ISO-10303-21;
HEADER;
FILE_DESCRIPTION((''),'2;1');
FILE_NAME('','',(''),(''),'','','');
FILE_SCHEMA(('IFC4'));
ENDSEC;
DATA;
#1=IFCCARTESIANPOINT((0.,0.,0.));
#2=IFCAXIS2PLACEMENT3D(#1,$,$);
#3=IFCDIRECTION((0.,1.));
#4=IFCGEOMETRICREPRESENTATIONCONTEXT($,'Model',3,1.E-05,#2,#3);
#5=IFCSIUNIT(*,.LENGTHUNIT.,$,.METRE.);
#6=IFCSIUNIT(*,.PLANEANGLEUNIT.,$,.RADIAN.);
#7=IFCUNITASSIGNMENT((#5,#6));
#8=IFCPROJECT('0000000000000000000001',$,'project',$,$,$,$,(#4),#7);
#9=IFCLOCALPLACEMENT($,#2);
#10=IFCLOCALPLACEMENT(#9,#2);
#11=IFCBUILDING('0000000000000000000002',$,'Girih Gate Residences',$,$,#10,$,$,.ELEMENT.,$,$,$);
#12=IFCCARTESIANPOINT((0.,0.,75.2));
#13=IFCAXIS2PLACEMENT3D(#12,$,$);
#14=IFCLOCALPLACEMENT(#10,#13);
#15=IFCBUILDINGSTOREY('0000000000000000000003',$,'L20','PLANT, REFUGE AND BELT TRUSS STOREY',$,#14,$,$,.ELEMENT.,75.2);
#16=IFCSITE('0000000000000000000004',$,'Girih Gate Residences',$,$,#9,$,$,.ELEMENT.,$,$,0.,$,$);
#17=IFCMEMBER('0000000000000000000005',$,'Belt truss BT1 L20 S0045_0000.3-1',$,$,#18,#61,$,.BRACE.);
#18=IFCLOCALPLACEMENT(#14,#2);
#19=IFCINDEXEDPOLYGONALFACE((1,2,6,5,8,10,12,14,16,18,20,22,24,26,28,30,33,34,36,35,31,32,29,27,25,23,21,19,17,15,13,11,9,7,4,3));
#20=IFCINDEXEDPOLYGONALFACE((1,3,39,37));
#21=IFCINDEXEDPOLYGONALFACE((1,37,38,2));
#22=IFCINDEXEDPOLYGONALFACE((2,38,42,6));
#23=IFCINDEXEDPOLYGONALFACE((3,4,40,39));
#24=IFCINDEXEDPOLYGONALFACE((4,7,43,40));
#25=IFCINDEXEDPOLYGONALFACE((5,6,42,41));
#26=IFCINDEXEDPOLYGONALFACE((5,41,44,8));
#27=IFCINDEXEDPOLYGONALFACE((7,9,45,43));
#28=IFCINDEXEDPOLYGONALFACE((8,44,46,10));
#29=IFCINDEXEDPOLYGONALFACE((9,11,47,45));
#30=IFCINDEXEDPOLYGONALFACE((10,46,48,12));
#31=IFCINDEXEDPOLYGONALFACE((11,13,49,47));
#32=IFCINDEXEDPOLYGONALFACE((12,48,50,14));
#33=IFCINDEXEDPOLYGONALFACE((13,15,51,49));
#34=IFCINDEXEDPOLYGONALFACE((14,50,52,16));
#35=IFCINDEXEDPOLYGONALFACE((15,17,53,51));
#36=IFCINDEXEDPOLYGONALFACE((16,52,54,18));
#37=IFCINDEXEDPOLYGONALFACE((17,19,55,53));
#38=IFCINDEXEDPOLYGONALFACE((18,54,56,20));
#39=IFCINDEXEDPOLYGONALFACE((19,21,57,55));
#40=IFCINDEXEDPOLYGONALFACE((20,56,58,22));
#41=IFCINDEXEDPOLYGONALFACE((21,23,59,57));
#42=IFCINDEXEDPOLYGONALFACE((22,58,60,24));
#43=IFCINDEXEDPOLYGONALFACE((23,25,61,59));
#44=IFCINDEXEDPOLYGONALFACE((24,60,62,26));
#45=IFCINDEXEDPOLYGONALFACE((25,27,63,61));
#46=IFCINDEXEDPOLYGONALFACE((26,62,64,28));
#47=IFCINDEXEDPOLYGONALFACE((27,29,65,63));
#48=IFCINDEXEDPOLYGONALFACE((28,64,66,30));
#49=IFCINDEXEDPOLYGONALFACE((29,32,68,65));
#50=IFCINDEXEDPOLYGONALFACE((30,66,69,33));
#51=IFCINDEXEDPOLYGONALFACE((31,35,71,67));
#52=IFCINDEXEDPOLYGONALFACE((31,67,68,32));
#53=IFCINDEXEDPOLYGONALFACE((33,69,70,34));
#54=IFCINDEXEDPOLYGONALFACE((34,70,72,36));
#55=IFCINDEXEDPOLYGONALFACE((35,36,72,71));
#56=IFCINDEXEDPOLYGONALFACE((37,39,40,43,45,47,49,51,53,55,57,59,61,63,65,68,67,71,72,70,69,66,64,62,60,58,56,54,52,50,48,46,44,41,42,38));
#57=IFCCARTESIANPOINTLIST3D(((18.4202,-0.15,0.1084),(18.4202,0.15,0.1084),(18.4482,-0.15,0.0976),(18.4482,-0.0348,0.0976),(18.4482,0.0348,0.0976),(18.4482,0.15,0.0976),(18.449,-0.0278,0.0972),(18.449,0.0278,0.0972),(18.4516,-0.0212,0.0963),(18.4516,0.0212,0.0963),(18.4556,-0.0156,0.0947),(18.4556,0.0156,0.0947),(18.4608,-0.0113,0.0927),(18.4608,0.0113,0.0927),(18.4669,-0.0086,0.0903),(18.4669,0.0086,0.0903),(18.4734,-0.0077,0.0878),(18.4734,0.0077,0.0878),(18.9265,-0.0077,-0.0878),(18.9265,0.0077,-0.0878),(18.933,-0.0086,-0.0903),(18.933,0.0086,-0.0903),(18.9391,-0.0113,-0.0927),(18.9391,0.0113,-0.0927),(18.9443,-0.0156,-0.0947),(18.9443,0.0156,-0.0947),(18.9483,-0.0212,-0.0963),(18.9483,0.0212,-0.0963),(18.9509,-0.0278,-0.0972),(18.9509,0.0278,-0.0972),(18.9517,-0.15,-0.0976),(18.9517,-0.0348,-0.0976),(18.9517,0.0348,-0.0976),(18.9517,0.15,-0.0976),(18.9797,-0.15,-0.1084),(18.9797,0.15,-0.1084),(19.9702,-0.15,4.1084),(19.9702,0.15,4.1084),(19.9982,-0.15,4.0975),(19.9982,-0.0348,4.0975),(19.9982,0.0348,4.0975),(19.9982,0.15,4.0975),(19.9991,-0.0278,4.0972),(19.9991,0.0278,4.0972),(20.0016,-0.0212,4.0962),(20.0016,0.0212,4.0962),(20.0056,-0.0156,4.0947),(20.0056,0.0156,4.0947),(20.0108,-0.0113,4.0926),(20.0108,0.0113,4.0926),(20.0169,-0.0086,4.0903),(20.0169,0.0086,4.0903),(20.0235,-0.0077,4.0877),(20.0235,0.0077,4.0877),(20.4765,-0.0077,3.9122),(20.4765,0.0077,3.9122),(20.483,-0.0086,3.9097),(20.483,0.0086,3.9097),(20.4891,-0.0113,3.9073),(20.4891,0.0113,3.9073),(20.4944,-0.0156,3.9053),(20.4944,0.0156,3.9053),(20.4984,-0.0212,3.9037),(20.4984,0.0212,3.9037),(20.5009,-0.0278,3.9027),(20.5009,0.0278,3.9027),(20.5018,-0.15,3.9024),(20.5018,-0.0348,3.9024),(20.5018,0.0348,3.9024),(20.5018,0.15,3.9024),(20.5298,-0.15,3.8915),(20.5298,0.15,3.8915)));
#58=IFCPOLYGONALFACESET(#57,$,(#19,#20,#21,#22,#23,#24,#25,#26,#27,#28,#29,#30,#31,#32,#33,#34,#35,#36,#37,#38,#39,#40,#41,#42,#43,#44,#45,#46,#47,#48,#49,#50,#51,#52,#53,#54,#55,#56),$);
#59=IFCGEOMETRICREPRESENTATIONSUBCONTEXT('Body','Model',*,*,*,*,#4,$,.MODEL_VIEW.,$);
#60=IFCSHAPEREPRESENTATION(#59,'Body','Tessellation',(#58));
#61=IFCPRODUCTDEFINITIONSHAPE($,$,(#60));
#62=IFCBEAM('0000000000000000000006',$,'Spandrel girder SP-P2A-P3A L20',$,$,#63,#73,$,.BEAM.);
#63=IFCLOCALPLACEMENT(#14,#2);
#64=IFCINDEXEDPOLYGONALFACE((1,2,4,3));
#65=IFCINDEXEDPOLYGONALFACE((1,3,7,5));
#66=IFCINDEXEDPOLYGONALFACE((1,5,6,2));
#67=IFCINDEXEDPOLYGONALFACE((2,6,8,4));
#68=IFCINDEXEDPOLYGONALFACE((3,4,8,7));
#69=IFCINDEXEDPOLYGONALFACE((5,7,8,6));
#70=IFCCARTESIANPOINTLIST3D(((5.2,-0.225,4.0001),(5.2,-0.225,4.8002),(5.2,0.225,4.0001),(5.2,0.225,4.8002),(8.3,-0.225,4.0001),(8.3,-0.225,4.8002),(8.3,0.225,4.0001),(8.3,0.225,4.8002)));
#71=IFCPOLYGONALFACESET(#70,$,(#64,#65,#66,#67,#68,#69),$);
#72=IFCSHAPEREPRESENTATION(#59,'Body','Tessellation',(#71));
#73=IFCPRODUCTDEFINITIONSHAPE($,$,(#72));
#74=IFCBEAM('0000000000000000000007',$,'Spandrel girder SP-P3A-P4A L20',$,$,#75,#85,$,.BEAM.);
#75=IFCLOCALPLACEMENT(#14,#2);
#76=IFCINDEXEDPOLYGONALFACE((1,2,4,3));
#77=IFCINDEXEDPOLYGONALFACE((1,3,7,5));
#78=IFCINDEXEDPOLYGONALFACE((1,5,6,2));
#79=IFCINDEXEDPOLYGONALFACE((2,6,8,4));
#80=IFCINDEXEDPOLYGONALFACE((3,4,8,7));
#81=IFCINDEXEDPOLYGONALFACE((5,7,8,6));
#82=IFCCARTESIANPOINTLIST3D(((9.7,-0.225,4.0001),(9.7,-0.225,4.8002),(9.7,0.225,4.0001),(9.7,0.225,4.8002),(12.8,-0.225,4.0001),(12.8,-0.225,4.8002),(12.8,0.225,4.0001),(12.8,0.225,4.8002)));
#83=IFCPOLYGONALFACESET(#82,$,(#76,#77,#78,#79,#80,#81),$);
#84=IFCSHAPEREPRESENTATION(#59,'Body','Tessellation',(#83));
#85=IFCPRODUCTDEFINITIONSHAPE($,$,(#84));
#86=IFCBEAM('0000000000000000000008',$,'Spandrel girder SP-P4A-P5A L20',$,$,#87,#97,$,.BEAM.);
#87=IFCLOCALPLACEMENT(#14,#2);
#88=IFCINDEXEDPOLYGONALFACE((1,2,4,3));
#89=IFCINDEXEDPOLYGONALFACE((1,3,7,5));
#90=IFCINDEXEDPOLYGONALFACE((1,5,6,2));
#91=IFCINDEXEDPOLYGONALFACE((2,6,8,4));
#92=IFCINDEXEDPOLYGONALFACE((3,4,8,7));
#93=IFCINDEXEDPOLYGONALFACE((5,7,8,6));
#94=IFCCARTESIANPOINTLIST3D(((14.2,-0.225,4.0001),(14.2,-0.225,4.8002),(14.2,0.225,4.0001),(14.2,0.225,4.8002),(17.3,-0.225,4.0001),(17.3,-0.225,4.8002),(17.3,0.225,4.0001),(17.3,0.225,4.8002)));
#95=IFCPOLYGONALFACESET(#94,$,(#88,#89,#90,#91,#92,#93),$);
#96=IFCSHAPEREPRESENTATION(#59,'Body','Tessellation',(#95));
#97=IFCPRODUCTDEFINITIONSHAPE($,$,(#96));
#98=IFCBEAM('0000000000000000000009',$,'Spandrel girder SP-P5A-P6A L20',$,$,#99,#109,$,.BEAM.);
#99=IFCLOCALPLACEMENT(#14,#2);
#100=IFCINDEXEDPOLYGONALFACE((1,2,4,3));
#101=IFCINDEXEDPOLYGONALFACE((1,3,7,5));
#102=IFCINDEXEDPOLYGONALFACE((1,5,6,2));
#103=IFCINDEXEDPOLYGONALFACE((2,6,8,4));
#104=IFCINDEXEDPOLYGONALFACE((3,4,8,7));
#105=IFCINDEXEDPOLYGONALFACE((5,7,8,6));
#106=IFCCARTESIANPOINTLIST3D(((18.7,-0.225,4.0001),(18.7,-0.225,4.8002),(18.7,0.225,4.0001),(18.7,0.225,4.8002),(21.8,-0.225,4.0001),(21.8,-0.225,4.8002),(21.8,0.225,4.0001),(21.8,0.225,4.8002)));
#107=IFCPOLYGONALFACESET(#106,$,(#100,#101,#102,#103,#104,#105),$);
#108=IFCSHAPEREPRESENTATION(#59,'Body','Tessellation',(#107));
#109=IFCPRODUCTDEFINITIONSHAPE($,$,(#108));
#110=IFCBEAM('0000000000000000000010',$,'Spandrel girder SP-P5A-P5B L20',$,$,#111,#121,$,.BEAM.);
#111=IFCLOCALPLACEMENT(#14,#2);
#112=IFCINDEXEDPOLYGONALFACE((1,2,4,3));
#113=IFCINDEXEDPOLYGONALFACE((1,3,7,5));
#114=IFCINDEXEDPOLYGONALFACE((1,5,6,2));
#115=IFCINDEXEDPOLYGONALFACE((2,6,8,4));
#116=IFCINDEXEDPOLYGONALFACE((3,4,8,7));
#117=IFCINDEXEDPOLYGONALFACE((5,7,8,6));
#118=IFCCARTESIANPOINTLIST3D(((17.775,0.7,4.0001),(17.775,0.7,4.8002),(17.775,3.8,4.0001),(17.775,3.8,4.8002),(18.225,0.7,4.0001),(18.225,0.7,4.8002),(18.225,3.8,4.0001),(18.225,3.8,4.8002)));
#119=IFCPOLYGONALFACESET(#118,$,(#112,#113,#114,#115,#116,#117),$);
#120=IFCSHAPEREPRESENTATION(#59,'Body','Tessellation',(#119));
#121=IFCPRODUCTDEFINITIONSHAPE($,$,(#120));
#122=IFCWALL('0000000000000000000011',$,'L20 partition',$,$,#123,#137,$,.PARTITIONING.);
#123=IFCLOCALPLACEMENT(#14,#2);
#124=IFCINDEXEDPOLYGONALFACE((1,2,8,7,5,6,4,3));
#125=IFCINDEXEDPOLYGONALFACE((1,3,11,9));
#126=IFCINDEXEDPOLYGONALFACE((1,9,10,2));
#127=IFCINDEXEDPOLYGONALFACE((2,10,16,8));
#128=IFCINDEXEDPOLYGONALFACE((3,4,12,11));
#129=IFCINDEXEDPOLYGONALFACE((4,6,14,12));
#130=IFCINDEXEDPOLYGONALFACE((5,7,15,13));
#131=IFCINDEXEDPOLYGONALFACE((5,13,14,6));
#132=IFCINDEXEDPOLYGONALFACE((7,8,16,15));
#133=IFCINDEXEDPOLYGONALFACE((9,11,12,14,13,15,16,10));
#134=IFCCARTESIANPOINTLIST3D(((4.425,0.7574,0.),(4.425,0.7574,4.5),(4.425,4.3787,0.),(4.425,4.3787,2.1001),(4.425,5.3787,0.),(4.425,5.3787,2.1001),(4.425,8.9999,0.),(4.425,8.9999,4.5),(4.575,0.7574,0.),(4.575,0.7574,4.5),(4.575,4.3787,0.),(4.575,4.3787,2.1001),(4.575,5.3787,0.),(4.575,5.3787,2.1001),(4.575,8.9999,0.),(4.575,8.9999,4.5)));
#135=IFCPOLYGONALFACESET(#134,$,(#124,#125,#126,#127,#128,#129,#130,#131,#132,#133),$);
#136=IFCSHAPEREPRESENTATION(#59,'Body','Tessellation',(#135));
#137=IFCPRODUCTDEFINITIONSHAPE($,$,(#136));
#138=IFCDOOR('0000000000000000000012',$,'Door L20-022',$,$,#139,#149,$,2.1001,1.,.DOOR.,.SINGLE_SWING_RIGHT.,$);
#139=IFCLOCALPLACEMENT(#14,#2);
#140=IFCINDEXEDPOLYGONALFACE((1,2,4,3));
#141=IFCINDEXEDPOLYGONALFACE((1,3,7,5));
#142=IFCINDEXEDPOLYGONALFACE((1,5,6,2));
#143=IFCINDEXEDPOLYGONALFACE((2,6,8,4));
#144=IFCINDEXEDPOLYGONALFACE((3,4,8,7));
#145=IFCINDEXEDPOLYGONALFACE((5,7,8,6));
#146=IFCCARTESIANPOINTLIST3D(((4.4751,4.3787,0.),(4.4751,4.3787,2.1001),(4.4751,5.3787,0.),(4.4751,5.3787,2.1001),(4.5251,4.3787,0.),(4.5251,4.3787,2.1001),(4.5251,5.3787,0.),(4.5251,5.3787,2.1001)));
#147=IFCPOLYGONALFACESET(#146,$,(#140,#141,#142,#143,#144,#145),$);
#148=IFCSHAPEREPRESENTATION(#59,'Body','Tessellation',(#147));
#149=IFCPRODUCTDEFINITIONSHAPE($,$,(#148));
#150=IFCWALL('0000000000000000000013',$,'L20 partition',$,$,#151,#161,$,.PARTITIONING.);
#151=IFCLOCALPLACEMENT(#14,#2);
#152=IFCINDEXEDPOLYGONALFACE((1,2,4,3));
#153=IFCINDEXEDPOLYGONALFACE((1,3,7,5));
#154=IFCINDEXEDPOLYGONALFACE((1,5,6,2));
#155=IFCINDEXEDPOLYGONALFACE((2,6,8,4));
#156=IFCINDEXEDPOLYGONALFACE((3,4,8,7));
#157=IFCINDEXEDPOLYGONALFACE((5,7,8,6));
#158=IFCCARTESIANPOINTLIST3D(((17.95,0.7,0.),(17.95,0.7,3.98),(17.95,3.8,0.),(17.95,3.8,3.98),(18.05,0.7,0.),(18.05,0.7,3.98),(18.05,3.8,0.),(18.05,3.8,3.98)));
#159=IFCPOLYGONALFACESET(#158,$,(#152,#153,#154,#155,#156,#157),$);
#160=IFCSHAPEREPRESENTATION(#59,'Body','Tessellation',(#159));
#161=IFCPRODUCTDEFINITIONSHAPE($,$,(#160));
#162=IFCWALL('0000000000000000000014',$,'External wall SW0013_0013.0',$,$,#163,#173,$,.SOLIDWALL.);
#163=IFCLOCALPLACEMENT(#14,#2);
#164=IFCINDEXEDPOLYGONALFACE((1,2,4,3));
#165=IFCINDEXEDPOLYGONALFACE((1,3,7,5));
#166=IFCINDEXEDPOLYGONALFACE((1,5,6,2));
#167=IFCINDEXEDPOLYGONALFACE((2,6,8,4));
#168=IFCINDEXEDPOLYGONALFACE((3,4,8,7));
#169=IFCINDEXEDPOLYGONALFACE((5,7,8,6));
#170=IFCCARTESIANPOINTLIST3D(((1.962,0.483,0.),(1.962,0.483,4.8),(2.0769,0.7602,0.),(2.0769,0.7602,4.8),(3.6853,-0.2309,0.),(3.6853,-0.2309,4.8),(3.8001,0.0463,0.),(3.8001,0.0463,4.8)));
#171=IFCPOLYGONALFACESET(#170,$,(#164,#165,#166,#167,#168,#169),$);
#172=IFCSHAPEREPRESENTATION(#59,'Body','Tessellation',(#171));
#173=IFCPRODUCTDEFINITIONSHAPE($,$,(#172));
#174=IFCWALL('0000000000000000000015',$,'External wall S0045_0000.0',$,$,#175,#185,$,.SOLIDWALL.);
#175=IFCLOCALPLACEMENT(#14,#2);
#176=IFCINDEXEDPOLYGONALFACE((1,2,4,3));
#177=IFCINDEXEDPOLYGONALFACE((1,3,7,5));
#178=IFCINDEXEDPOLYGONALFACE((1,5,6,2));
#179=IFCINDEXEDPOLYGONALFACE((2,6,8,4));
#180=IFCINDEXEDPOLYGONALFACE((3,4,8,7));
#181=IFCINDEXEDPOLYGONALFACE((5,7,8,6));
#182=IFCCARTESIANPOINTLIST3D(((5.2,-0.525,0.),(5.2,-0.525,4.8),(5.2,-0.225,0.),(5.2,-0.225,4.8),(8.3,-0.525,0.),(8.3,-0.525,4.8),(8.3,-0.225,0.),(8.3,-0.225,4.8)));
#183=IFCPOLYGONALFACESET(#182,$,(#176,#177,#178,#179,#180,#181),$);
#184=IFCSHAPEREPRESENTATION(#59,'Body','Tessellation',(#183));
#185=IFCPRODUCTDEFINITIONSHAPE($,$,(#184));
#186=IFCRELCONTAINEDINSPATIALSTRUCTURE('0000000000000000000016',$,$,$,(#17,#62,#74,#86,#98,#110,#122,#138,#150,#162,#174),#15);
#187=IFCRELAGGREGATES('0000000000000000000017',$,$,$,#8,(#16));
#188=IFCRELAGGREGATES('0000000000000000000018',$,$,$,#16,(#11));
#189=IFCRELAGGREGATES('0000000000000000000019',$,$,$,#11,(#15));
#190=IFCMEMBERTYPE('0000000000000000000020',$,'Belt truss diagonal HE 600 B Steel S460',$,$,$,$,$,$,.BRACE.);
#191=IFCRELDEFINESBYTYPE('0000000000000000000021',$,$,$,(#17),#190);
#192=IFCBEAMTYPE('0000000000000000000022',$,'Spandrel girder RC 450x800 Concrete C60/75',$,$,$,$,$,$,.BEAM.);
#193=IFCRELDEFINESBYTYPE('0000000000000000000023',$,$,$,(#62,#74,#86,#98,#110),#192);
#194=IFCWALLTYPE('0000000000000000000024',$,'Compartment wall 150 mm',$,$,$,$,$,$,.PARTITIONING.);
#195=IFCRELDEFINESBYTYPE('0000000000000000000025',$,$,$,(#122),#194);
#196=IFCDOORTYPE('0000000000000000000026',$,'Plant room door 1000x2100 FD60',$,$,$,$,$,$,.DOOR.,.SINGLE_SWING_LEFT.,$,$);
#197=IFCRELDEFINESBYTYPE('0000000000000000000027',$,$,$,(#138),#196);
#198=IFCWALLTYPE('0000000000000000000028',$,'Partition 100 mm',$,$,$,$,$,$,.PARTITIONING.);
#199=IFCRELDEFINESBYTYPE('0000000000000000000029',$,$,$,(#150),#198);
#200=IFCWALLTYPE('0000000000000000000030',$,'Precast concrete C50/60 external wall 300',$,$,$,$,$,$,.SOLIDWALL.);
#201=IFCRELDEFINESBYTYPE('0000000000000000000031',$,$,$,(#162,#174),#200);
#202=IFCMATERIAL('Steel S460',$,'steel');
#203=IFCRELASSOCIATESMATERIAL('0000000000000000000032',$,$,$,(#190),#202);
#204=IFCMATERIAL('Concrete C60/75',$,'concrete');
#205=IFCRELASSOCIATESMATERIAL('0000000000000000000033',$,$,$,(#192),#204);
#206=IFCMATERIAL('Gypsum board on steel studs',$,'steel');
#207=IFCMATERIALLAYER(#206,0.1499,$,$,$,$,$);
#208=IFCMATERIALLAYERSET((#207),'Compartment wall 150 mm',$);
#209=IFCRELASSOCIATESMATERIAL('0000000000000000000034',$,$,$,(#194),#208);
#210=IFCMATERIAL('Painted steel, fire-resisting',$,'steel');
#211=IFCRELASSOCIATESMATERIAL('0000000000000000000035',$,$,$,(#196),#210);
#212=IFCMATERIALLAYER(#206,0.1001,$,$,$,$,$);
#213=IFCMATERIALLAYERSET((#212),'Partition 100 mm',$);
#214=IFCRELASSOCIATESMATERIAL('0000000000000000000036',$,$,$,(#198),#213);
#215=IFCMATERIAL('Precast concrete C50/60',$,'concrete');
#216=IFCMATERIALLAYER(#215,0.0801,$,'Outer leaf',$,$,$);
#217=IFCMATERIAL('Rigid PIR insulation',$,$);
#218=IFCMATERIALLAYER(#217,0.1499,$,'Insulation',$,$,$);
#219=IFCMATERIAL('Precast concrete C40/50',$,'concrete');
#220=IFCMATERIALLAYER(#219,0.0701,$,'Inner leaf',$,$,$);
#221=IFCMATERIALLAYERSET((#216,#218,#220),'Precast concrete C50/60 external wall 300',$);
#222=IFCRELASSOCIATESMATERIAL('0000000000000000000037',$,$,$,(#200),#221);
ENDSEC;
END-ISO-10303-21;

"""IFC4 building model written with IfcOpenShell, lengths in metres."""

from ifc_helpers import new_model, si_unit, direction, frame, frame_2d, origin, origin_2d, place, context, subcontext, project, spatial, rectangle, i_section, extrude, material, layer, layer_set, material_profile, profile_set, type_object, element, fill, save


model = new_model("IFC4")

# Units and contexts
model_context = context("Model", 3, precision=1e-05, world=origin(), true_north=direction((0.0, 1.0)))
body_context = subcontext(model_context, "Body", "Model", "MODEL_VIEW")
ifc_project = project(units=[si_unit("LENGTHUNIT", "METRE"), si_unit("PLANEANGLEUNIT", "RADIAN")], contexts=[model_context])

# Site, building, storey
site_placement = place(None, origin())
site = spatial("IfcSite", under=ifc_project, at=site_placement, Name="Girih Gate Residences", CompositionType="ELEMENT", RefElevation=0.0)
building_placement = place(site_placement, origin())
building = spatial("IfcBuilding", under=site, at=building_placement, Name="Girih Gate Residences", CompositionType="ELEMENT")
storey_placement = place(building_placement, frame((0.0, 0.0, 75.2)))
storey = spatial("IfcBuildingStorey", under=building, at=storey_placement, Name="L20", Description="PLANT, REFUGE AND BELT TRUSS STOREY", CompositionType="ELEMENT", Elevation=75.2)

# Member
ifc_material_1 = material(Name="Steel S460", Category="steel")
ifc_material_profile_1 = material_profile(ifc_material_1, i_section(OverallWidth=0.3, OverallDepth=0.6001, WebThickness=0.0154, FlangeThickness=0.03, FilletRadius=0.0271, at=origin_2d()))
ifc_profile_set_1 = profile_set([ifc_material_profile_1], Name="Steel S460")
member_type_1 = type_object("IfcMemberType", Name="Belt truss diagonal HE 600 B Steel S460", PredefinedType="BRACE", material=ifc_profile_set_1)
for number, where, z_axis, x_axis, name in (
    (1, (18.7, 0.0, 0.0), (0.361331, 0.0, 0.932438), (0.0, 1.0, 0.0), "Belt truss BT1 L20 S0045_0000.3-1"),
):
    element("IfcMember", number, at=place(storey_placement, frame(where, z_axis=z_axis, x_axis=x_axis)), inside=storey, type_object=member_type_1, Name=name, PredefinedType="BRACE", context=body_context, shape_type="SweptSolid", body=[
        extrude(i_section(OverallWidth=0.3, OverallDepth=0.6001, WebThickness=0.0154, FlangeThickness=0.03, FilletRadius=0.0271, at=origin_2d()), origin(), (0.0, 0.0, 1.0), 4.2898),
    ])

# Beams
ifc_material_2 = material(Name="Concrete C60/75", Category="concrete")
ifc_material_profile_2 = material_profile(ifc_material_2, rectangle(XDim=0.45, YDim=0.8, at=origin_2d()))
ifc_profile_set_2 = profile_set([ifc_material_profile_2], Name="Concrete C60/75")
beam_type = type_object("IfcBeamType", Name="Spandrel girder RC 450x800 Concrete C60/75", PredefinedType="BEAM", material=ifc_profile_set_2)
for number, where, z_axis, x_axis, name in (
    (2, (5.2, 0.0, 4.4001), (1.0, 0.0, 0.0), (0.0, 1.0, 0.0), "Spandrel girder SP-P2A-P3A L20"),
    (3, (9.7, 0.0, 4.4001), (1.0, 0.0, 0.0), (0.0, 1.0, 0.0), "Spandrel girder SP-P3A-P4A L20"),
    (4, (14.2, 0.0, 4.4001), (1.0, 0.0, 0.0), (0.0, 1.0, 0.0), "Spandrel girder SP-P4A-P5A L20"),
    (5, (18.7, 0.0, 4.4001), (1.0, 0.0, 0.0), (0.0, 1.0, 0.0), "Spandrel girder SP-P5A-P6A L20"),
    (6, (18.0, 0.7, 4.4001), (0.0, 1.0, 0.0), (-1.0, 0.0, 0.0), "Spandrel girder SP-P5A-P5B L20"),
):
    element("IfcBeam", number, at=place(storey_placement, frame(where, z_axis=z_axis, x_axis=x_axis)), inside=storey, type_object=beam_type, Name=name, PredefinedType="BEAM", context=body_context, shape_type="SweptSolid", body=[
        extrude(rectangle(XDim=0.45, YDim=0.8, at=origin_2d()), origin(), (0.0, 0.0, 1.0), 3.1001),
    ])

# Wall, opening, door
ifc_material_3 = material(Name="Gypsum board on steel studs", Category="steel")
ifc_layer_1 = layer(ifc_material_3, 0.1499)
ifc_layer_set_1 = layer_set([ifc_layer_1], Name="Compartment wall 150 mm")
wall_type_1 = type_object("IfcWallType", Name="Compartment wall 150 mm", PredefinedType="PARTITIONING", material=ifc_layer_set_1)
wall_1_placement = place(storey_placement, frame((4.5, 0.7576, 0.0), z_axis=(0.0, 0.0, 1.0), x_axis=(0.0, 1.0, 0.0)))
wall_1 = element("IfcWall", 7, at=wall_1_placement, inside=storey, type_object=wall_type_1, Name="L20 partition", PredefinedType="PARTITIONING", context=body_context, shape_type="SweptSolid", body=[
    extrude(rectangle(XDim=8.2424, YDim=0.1499, at=frame_2d((4.1211, 0.0))), origin(), (0.0, 0.0, 1.0), 4.5),
])
opening_placement = place(wall_1_placement, frame((3.6211, 0.0, 0.0)))
opening = element("IfcOpeningElement", 8, at=opening_placement, cuts=wall_1, PredefinedType="OPENING", context=body_context, shape_type="SweptSolid", body=[
    extrude(rectangle(XDim=1.0, YDim=2.1001, at=frame_2d((0.5, 1.05))), frame((0.0, 0.085, 0.0), z_axis=(0.0, -1.0, 0.0), x_axis=(1.0, 0.0, 0.0)), (0.0, 0.0, 1.0), 0.1699),
])
ifc_material_4 = material(Name="Painted steel, fire-resisting", Category="steel")
door_type = type_object("IfcDoorType", Name="Plant room door 1000x2100 FD60", OperationType="SINGLE_SWING_LEFT", PredefinedType="DOOR", material=ifc_material_4)
door_placement = place(opening_placement, origin())
door = element("IfcDoor", 9, at=door_placement, inside=storey, type_object=door_type, Name="Door L20-022", OperationType="SINGLE_SWING_RIGHT", OverallHeight=2.1001, OverallWidth=1.0, PredefinedType="DOOR", context=body_context, shape_type="SweptSolid", body=[
    extrude(rectangle(XDim=1.0, YDim=2.1001, at=frame_2d((0.5, 1.05))), frame((0.0, 0.0249, 0.0), z_axis=(0.0, -1.0, 0.0), x_axis=(1.0, 0.0, 0.0)), (0.0, 0.0, 1.0), 0.05),
])
fill(opening, door)

# Walls
ifc_layer_2 = layer(ifc_material_3, 0.1001)
ifc_layer_set_2 = layer_set([ifc_layer_2], Name="Partition 100 mm")
wall_type_2 = type_object("IfcWallType", Name="Partition 100 mm", PredefinedType="PARTITIONING", material=ifc_layer_set_2)
wall_2_placement = place(storey_placement, frame((18.0, 0.7, 0.0), z_axis=(0.0, 0.0, 1.0), x_axis=(0.0, 1.0, 0.0)))
element("IfcWall", 10, at=wall_2_placement, inside=storey, type_object=wall_type_2, Name="L20 partition", PredefinedType="PARTITIONING", context=body_context, shape_type="SweptSolid", body=[
    extrude(rectangle(XDim=3.1001, YDim=0.1001, at=frame_2d((1.55, 0.0))), origin(), (0.0, 0.0, 1.0), 3.98),
])
ifc_material_5 = material(Name="Precast concrete C50/60", Category="concrete")
ifc_layer_3 = layer(ifc_material_5, 0.0801, Name="Outer leaf")
ifc_material_6 = material(Name="Rigid PIR insulation")
ifc_layer_4 = layer(ifc_material_6, 0.1499, Name="Insulation")
ifc_material_7 = material(Name="Precast concrete C40/50", Category="concrete")
ifc_layer_5 = layer(ifc_material_7, 0.0701, Name="Inner leaf")
ifc_layer_set_3 = layer_set([ifc_layer_3, ifc_layer_4, ifc_layer_5], Name="Precast concrete C50/60 external wall 300")
wall_type_3 = type_object("IfcWallType", Name="Precast concrete C50/60 external wall 300", PredefinedType="SOLIDWALL", material=ifc_layer_set_3)
wall_3_placement = place(storey_placement, frame((3.7427, -0.0923, 0.0), z_axis=(0.0, 0.0, 1.0), x_axis=(-0.923857, 0.382737, 0.0)))
element("IfcWall", 11, at=wall_3_placement, inside=storey, type_object=wall_type_3, Name="External wall SW0013_0013.0", PredefinedType="SOLIDWALL", context=body_context, shape_type="SweptSolid", body=[
    extrude(rectangle(XDim=1.8652, YDim=0.3, at=frame_2d((0.9326, 0.0))), origin(), (0.0, 0.0, 1.0), 4.8),
])
for number, where, z_axis, x_axis, name in (
    (12, (8.3, -0.375, 0.0), (0.0, 0.0, 1.0), (-1.0, 0.0, 0.0), "External wall S0045_0000.0"),
):
    element("IfcWall", number, at=place(storey_placement, frame(where, z_axis=z_axis, x_axis=x_axis)), inside=storey, type_object=wall_type_3, Name=name, PredefinedType="SOLIDWALL", context=body_context, shape_type="SweptSolid", body=[
        extrude(rectangle(XDim=3.1001, YDim=0.3, at=frame_2d((1.55, 0.0))), origin(), (0.0, 0.0, 1.0), 4.8),
    ])

save(model, "model.ifc")
